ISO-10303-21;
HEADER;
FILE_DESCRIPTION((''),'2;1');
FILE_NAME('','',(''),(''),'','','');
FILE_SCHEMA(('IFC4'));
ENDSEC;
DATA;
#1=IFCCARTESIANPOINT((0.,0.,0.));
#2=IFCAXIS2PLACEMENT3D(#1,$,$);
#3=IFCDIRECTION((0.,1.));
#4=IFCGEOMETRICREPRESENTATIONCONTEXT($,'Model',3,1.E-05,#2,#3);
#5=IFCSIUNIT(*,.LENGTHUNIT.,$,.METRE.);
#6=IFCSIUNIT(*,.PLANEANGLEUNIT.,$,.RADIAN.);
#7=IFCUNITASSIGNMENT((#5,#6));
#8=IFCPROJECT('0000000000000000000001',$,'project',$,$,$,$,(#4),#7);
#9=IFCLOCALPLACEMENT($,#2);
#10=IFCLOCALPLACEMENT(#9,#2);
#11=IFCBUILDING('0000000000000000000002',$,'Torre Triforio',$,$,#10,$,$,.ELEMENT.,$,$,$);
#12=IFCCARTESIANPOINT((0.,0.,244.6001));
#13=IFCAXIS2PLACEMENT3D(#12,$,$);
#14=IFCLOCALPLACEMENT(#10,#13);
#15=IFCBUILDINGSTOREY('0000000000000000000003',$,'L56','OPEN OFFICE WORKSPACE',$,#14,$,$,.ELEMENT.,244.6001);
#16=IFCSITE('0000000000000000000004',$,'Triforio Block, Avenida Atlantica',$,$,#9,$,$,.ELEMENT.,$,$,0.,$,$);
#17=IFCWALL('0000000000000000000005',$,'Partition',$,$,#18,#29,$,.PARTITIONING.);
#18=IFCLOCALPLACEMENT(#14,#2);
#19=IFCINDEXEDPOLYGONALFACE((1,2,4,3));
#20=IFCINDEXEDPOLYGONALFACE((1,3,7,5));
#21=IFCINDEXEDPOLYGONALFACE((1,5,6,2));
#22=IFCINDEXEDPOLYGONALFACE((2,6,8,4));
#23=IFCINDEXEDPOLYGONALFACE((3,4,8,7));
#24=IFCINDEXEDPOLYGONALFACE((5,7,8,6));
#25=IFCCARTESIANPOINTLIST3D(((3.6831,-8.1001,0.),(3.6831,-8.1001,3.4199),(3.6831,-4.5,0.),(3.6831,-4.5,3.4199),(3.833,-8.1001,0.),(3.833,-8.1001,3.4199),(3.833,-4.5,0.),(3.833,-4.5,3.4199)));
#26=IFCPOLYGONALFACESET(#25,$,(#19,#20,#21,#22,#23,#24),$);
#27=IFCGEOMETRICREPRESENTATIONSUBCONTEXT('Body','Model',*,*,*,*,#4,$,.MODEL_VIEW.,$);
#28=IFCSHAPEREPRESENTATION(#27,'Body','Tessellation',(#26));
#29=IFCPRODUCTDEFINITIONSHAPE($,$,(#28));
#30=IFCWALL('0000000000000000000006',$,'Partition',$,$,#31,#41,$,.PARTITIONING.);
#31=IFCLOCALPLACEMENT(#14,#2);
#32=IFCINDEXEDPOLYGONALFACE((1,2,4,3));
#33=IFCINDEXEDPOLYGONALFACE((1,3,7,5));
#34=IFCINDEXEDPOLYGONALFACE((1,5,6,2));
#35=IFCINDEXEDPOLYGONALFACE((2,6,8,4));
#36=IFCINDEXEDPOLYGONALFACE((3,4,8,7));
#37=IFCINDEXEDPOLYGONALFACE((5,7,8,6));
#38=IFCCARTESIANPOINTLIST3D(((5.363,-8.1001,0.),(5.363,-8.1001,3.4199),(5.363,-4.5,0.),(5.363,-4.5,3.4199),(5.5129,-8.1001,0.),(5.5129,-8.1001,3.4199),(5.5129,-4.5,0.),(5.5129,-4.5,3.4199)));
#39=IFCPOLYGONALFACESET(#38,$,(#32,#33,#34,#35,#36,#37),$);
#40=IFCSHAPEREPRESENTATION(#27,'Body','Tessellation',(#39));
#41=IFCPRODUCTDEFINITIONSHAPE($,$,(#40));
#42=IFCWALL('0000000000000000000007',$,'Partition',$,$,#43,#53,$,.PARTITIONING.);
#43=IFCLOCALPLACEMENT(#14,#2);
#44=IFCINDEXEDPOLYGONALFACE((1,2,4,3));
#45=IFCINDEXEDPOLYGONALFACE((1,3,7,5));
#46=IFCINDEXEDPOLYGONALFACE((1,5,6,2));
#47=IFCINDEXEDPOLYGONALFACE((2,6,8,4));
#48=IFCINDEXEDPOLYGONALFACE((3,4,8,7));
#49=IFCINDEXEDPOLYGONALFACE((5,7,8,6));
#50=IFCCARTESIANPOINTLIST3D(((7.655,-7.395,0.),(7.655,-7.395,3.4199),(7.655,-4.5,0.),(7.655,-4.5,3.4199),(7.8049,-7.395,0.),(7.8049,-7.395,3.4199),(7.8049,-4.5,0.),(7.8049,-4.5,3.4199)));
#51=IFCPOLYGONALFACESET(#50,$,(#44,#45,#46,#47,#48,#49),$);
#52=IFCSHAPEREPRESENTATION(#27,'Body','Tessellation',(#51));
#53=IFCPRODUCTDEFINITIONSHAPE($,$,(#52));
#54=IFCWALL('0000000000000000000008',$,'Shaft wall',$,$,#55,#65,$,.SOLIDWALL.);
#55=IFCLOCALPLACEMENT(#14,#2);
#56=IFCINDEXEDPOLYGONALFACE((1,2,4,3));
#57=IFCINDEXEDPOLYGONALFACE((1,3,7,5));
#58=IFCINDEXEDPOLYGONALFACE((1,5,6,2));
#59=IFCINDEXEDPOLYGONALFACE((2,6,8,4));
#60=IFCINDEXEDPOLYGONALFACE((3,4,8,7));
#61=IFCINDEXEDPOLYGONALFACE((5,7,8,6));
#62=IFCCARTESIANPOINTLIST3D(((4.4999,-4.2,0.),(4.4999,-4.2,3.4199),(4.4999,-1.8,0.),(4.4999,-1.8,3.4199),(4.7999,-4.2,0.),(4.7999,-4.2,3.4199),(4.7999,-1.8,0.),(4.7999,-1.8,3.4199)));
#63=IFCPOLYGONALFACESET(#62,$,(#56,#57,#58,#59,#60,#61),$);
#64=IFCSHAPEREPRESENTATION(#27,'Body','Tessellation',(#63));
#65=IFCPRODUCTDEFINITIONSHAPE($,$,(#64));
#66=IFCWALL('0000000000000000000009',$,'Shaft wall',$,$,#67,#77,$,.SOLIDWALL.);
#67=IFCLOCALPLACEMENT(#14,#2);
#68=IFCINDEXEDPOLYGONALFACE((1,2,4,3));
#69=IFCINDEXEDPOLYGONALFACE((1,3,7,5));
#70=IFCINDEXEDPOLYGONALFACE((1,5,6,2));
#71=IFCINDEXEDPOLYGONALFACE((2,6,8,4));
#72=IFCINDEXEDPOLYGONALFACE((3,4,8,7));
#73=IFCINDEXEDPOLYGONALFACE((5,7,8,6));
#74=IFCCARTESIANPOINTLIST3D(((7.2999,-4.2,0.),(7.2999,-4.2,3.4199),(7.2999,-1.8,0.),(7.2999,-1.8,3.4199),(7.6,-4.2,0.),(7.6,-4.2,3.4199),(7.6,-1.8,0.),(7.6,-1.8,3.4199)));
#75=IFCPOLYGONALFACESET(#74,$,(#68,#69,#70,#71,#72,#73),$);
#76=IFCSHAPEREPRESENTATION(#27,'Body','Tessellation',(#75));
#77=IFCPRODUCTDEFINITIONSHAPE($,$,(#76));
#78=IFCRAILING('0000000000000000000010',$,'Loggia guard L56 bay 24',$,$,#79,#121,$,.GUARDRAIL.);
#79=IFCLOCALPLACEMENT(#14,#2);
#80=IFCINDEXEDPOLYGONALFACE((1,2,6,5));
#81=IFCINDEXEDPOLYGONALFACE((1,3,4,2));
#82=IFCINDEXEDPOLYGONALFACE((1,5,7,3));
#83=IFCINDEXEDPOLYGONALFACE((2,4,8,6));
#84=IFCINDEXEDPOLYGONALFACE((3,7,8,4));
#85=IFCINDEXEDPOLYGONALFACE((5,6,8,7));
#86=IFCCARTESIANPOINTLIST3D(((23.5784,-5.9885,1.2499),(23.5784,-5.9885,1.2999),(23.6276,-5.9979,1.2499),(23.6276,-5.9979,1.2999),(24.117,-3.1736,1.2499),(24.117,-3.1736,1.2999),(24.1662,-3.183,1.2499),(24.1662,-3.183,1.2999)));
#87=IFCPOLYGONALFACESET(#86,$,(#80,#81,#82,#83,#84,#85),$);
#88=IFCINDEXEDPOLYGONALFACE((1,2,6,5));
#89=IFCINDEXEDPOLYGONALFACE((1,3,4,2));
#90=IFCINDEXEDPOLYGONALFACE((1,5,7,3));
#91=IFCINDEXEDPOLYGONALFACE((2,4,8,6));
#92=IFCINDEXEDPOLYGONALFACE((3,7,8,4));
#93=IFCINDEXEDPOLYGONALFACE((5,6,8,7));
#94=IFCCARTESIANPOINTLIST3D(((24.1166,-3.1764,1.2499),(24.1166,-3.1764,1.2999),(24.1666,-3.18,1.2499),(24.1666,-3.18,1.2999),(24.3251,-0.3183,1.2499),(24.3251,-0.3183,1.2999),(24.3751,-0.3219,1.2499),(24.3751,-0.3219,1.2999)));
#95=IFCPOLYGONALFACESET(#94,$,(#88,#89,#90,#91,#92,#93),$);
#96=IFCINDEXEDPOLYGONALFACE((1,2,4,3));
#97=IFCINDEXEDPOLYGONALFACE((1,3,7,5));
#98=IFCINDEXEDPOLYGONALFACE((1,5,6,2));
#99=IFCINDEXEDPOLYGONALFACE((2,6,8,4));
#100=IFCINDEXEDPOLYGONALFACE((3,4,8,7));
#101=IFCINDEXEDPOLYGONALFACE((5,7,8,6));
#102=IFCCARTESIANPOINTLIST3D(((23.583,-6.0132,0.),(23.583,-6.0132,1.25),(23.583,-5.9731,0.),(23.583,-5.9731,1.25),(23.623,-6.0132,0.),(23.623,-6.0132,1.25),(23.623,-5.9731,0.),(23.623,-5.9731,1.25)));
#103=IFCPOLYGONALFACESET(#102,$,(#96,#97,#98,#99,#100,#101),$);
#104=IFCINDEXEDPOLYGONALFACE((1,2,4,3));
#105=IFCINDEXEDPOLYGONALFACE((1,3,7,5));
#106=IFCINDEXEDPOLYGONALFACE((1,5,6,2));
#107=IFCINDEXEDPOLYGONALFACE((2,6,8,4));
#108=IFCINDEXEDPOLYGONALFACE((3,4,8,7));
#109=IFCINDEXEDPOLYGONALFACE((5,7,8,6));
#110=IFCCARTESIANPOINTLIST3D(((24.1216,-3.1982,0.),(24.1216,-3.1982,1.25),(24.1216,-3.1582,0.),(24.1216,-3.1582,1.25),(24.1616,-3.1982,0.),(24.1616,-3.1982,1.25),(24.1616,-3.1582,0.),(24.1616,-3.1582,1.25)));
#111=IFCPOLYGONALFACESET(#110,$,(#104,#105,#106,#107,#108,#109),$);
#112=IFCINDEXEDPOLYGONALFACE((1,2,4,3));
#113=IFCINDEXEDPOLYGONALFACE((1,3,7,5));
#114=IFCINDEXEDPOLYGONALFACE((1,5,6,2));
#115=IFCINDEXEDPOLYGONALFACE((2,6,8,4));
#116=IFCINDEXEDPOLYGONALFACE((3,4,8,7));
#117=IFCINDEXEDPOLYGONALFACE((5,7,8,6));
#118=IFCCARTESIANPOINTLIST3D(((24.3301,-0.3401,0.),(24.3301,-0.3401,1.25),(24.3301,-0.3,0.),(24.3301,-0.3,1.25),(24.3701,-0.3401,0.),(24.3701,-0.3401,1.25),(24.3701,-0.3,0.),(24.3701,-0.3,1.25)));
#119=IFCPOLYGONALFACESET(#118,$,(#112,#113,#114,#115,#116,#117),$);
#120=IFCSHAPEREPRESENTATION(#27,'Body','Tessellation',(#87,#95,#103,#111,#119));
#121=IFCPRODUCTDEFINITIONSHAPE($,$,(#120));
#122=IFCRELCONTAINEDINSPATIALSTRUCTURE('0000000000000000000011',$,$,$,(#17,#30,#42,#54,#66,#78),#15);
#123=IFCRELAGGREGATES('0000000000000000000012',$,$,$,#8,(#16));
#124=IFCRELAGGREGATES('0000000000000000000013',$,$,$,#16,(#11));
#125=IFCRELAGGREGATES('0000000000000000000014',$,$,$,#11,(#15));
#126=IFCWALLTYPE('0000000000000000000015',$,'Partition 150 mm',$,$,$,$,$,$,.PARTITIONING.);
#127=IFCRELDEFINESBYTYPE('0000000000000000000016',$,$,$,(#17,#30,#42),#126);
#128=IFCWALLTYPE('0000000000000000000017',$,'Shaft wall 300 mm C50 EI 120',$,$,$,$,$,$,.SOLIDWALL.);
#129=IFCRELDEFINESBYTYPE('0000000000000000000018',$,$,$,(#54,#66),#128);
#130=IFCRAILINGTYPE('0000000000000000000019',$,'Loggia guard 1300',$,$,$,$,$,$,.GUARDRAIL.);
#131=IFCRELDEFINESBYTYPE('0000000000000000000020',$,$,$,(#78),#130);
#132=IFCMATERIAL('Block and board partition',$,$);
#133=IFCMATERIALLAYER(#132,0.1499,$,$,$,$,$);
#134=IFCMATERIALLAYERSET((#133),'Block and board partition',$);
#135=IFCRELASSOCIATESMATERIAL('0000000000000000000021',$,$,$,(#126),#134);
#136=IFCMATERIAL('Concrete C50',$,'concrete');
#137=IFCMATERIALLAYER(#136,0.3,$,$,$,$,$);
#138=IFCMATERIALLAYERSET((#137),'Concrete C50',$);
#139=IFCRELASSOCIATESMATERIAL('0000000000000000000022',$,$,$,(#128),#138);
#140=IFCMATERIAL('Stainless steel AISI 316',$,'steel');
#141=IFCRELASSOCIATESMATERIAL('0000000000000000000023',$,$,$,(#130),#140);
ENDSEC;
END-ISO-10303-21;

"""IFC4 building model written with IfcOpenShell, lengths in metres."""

from ifc_helpers import new_model, si_unit, direction, frame, frame_2d, origin, origin_2d, place, context, subcontext, project, spatial, rectangle, extrude, material, layer, layer_set, type_object, element, save


model = new_model("IFC4")

# Units and contexts
model_context = context("Model", 3, precision=1e-05, world=origin(), true_north=direction((0.0, 1.0)))
body_context = subcontext(model_context, "Body", "Model", "MODEL_VIEW")
ifc_project = project(units=[si_unit("LENGTHUNIT", "METRE"), si_unit("PLANEANGLEUNIT", "RADIAN")], contexts=[model_context])

# Site, building, storey
site_placement = place(None, origin())
site = spatial("IfcSite", under=ifc_project, at=site_placement, Name="Triforio Block, Avenida Atlantica", CompositionType="ELEMENT", RefElevation=0.0)
building_placement = place(site_placement, origin())
building = spatial("IfcBuilding", under=site, at=building_placement, Name="Torre Triforio", CompositionType="ELEMENT")
storey_placement = place(building_placement, frame((0.0, 0.0, 244.6001)))
storey = spatial("IfcBuildingStorey", under=building, at=storey_placement, Name="L56", Description="OPEN OFFICE WORKSPACE", CompositionType="ELEMENT", Elevation=244.6001)

# Shared definitions
ifc_material_1 = material(Name="Concrete C50", Category="concrete")

# Walls
ifc_material_2 = material(Name="Block and board partition")
ifc_layer_1 = layer(ifc_material_2, 0.1499)
ifc_layer_set_1 = layer_set([ifc_layer_1], Name="Block and board partition")
wall_type_1 = type_object("IfcWallType", Name="Partition 150 mm", PredefinedType="PARTITIONING", material=ifc_layer_set_1)
for number, where, z_axis, x_axis, name in (
    (1, (3.7581, -8.1001, 0.0), (0.0, 0.0, 1.0), (0.0, 1.0, 0.0), "Partition"),
    (2, (5.438, -8.1001, 0.0), (0.0, 0.0, 1.0), (0.0, 1.0, 0.0), "Partition"),
):
    element("IfcWall", number, at=place(storey_placement, frame(where, z_axis=z_axis, x_axis=x_axis)), inside=storey, type_object=wall_type_1, Name=name, PredefinedType="PARTITIONING", context=body_context, shape_type="SweptSolid", body=[
        extrude(rectangle(XDim=3.6001, YDim=0.1499, at=frame_2d((1.8, 0.0))), origin(), (0.0, 0.0, 1.0), 3.4199),
    ])
wall_1_placement = place(storey_placement, frame((7.73, -7.395, 0.0), z_axis=(0.0, 0.0, 1.0), x_axis=(0.0, 1.0, 0.0)))
element("IfcWall", 3, at=wall_1_placement, inside=storey, type_object=wall_type_1, Name="Partition", PredefinedType="PARTITIONING", context=body_context, shape_type="SweptSolid", body=[
    extrude(rectangle(XDim=2.895, YDim=0.1499, at=frame_2d((1.4475, 0.0))), origin(), (0.0, 0.0, 1.0), 3.4199),
])
ifc_layer_2 = layer(ifc_material_1, 0.3)
ifc_layer_set_2 = layer_set([ifc_layer_2], Name="Concrete C50")
wall_type_2 = type_object("IfcWallType", Name="Shaft wall 300 mm C50 EI 120", PredefinedType="SOLIDWALL", material=ifc_layer_set_2)
for number, where, z_axis, x_axis, name in (
    (4, (4.6499, -4.2, 0.0), (0.0, 0.0, 1.0), (0.0, 1.0, 0.0), "Shaft wall"),
    (5, (7.45, -4.2, 0.0), (0.0, 0.0, 1.0), (0.0, 1.0, 0.0), "Shaft wall"),
):
    element("IfcWall", number, at=place(storey_placement, frame(where, z_axis=z_axis, x_axis=x_axis)), inside=storey, type_object=wall_type_2, Name=name, PredefinedType="SOLIDWALL", context=body_context, shape_type="SweptSolid", body=[
        extrude(rectangle(XDim=2.3999, YDim=0.3, at=frame_2d((1.2, 0.0))), origin(), (0.0, 0.0, 1.0), 3.4199),
    ])

# Railing
ifc_material_3 = material(Name="Stainless steel AISI 316", Category="steel")
railing_type = type_object("IfcRailingType", Name="Loggia guard 1300", PredefinedType="GUARDRAIL", material=ifc_material_3)
railing_placement = place(storey_placement, frame((23.603, -5.9932, 0.0)))
element("IfcRailing", 6, at=railing_placement, inside=storey, type_object=railing_type, Name="Loggia guard L56 bay 24", PredefinedType="GUARDRAIL", context=body_context, shape_type="SweptSolid", body=[
    extrude(rectangle(XDim=0.05, YDim=0.05, at=origin_2d()), frame((0.0, 0.0, 1.2749), z_axis=(0.187918, 0.982185, 0.0), x_axis=(-0.982185, 0.187918, 0.0)), (0.0, 0.0, 1.0), 2.866),
    extrude(rectangle(XDim=0.05, YDim=0.05, at=origin_2d()), frame((0.5386, 2.8149, 1.2749), z_axis=(0.072754, 0.99735, 0.0), x_axis=(-0.99735, 0.072754, 0.0)), (0.0, 0.0, 1.0), 2.8657),
    extrude(rectangle(XDim=0.04, YDim=0.04, at=origin_2d()), origin(), (0.0, 0.0, 1.0), 1.25),
    extrude(rectangle(XDim=0.04, YDim=0.04, at=origin_2d()), frame((0.5386, 2.8149, 0.0)), (0.0, 0.0, 1.0), 1.25),
    extrude(rectangle(XDim=0.04, YDim=0.04, at=origin_2d()), frame((0.7471, 5.6731, 0.0)), (0.0, 0.0, 1.0), 1.25),
])

save(model, "model.ifc")
